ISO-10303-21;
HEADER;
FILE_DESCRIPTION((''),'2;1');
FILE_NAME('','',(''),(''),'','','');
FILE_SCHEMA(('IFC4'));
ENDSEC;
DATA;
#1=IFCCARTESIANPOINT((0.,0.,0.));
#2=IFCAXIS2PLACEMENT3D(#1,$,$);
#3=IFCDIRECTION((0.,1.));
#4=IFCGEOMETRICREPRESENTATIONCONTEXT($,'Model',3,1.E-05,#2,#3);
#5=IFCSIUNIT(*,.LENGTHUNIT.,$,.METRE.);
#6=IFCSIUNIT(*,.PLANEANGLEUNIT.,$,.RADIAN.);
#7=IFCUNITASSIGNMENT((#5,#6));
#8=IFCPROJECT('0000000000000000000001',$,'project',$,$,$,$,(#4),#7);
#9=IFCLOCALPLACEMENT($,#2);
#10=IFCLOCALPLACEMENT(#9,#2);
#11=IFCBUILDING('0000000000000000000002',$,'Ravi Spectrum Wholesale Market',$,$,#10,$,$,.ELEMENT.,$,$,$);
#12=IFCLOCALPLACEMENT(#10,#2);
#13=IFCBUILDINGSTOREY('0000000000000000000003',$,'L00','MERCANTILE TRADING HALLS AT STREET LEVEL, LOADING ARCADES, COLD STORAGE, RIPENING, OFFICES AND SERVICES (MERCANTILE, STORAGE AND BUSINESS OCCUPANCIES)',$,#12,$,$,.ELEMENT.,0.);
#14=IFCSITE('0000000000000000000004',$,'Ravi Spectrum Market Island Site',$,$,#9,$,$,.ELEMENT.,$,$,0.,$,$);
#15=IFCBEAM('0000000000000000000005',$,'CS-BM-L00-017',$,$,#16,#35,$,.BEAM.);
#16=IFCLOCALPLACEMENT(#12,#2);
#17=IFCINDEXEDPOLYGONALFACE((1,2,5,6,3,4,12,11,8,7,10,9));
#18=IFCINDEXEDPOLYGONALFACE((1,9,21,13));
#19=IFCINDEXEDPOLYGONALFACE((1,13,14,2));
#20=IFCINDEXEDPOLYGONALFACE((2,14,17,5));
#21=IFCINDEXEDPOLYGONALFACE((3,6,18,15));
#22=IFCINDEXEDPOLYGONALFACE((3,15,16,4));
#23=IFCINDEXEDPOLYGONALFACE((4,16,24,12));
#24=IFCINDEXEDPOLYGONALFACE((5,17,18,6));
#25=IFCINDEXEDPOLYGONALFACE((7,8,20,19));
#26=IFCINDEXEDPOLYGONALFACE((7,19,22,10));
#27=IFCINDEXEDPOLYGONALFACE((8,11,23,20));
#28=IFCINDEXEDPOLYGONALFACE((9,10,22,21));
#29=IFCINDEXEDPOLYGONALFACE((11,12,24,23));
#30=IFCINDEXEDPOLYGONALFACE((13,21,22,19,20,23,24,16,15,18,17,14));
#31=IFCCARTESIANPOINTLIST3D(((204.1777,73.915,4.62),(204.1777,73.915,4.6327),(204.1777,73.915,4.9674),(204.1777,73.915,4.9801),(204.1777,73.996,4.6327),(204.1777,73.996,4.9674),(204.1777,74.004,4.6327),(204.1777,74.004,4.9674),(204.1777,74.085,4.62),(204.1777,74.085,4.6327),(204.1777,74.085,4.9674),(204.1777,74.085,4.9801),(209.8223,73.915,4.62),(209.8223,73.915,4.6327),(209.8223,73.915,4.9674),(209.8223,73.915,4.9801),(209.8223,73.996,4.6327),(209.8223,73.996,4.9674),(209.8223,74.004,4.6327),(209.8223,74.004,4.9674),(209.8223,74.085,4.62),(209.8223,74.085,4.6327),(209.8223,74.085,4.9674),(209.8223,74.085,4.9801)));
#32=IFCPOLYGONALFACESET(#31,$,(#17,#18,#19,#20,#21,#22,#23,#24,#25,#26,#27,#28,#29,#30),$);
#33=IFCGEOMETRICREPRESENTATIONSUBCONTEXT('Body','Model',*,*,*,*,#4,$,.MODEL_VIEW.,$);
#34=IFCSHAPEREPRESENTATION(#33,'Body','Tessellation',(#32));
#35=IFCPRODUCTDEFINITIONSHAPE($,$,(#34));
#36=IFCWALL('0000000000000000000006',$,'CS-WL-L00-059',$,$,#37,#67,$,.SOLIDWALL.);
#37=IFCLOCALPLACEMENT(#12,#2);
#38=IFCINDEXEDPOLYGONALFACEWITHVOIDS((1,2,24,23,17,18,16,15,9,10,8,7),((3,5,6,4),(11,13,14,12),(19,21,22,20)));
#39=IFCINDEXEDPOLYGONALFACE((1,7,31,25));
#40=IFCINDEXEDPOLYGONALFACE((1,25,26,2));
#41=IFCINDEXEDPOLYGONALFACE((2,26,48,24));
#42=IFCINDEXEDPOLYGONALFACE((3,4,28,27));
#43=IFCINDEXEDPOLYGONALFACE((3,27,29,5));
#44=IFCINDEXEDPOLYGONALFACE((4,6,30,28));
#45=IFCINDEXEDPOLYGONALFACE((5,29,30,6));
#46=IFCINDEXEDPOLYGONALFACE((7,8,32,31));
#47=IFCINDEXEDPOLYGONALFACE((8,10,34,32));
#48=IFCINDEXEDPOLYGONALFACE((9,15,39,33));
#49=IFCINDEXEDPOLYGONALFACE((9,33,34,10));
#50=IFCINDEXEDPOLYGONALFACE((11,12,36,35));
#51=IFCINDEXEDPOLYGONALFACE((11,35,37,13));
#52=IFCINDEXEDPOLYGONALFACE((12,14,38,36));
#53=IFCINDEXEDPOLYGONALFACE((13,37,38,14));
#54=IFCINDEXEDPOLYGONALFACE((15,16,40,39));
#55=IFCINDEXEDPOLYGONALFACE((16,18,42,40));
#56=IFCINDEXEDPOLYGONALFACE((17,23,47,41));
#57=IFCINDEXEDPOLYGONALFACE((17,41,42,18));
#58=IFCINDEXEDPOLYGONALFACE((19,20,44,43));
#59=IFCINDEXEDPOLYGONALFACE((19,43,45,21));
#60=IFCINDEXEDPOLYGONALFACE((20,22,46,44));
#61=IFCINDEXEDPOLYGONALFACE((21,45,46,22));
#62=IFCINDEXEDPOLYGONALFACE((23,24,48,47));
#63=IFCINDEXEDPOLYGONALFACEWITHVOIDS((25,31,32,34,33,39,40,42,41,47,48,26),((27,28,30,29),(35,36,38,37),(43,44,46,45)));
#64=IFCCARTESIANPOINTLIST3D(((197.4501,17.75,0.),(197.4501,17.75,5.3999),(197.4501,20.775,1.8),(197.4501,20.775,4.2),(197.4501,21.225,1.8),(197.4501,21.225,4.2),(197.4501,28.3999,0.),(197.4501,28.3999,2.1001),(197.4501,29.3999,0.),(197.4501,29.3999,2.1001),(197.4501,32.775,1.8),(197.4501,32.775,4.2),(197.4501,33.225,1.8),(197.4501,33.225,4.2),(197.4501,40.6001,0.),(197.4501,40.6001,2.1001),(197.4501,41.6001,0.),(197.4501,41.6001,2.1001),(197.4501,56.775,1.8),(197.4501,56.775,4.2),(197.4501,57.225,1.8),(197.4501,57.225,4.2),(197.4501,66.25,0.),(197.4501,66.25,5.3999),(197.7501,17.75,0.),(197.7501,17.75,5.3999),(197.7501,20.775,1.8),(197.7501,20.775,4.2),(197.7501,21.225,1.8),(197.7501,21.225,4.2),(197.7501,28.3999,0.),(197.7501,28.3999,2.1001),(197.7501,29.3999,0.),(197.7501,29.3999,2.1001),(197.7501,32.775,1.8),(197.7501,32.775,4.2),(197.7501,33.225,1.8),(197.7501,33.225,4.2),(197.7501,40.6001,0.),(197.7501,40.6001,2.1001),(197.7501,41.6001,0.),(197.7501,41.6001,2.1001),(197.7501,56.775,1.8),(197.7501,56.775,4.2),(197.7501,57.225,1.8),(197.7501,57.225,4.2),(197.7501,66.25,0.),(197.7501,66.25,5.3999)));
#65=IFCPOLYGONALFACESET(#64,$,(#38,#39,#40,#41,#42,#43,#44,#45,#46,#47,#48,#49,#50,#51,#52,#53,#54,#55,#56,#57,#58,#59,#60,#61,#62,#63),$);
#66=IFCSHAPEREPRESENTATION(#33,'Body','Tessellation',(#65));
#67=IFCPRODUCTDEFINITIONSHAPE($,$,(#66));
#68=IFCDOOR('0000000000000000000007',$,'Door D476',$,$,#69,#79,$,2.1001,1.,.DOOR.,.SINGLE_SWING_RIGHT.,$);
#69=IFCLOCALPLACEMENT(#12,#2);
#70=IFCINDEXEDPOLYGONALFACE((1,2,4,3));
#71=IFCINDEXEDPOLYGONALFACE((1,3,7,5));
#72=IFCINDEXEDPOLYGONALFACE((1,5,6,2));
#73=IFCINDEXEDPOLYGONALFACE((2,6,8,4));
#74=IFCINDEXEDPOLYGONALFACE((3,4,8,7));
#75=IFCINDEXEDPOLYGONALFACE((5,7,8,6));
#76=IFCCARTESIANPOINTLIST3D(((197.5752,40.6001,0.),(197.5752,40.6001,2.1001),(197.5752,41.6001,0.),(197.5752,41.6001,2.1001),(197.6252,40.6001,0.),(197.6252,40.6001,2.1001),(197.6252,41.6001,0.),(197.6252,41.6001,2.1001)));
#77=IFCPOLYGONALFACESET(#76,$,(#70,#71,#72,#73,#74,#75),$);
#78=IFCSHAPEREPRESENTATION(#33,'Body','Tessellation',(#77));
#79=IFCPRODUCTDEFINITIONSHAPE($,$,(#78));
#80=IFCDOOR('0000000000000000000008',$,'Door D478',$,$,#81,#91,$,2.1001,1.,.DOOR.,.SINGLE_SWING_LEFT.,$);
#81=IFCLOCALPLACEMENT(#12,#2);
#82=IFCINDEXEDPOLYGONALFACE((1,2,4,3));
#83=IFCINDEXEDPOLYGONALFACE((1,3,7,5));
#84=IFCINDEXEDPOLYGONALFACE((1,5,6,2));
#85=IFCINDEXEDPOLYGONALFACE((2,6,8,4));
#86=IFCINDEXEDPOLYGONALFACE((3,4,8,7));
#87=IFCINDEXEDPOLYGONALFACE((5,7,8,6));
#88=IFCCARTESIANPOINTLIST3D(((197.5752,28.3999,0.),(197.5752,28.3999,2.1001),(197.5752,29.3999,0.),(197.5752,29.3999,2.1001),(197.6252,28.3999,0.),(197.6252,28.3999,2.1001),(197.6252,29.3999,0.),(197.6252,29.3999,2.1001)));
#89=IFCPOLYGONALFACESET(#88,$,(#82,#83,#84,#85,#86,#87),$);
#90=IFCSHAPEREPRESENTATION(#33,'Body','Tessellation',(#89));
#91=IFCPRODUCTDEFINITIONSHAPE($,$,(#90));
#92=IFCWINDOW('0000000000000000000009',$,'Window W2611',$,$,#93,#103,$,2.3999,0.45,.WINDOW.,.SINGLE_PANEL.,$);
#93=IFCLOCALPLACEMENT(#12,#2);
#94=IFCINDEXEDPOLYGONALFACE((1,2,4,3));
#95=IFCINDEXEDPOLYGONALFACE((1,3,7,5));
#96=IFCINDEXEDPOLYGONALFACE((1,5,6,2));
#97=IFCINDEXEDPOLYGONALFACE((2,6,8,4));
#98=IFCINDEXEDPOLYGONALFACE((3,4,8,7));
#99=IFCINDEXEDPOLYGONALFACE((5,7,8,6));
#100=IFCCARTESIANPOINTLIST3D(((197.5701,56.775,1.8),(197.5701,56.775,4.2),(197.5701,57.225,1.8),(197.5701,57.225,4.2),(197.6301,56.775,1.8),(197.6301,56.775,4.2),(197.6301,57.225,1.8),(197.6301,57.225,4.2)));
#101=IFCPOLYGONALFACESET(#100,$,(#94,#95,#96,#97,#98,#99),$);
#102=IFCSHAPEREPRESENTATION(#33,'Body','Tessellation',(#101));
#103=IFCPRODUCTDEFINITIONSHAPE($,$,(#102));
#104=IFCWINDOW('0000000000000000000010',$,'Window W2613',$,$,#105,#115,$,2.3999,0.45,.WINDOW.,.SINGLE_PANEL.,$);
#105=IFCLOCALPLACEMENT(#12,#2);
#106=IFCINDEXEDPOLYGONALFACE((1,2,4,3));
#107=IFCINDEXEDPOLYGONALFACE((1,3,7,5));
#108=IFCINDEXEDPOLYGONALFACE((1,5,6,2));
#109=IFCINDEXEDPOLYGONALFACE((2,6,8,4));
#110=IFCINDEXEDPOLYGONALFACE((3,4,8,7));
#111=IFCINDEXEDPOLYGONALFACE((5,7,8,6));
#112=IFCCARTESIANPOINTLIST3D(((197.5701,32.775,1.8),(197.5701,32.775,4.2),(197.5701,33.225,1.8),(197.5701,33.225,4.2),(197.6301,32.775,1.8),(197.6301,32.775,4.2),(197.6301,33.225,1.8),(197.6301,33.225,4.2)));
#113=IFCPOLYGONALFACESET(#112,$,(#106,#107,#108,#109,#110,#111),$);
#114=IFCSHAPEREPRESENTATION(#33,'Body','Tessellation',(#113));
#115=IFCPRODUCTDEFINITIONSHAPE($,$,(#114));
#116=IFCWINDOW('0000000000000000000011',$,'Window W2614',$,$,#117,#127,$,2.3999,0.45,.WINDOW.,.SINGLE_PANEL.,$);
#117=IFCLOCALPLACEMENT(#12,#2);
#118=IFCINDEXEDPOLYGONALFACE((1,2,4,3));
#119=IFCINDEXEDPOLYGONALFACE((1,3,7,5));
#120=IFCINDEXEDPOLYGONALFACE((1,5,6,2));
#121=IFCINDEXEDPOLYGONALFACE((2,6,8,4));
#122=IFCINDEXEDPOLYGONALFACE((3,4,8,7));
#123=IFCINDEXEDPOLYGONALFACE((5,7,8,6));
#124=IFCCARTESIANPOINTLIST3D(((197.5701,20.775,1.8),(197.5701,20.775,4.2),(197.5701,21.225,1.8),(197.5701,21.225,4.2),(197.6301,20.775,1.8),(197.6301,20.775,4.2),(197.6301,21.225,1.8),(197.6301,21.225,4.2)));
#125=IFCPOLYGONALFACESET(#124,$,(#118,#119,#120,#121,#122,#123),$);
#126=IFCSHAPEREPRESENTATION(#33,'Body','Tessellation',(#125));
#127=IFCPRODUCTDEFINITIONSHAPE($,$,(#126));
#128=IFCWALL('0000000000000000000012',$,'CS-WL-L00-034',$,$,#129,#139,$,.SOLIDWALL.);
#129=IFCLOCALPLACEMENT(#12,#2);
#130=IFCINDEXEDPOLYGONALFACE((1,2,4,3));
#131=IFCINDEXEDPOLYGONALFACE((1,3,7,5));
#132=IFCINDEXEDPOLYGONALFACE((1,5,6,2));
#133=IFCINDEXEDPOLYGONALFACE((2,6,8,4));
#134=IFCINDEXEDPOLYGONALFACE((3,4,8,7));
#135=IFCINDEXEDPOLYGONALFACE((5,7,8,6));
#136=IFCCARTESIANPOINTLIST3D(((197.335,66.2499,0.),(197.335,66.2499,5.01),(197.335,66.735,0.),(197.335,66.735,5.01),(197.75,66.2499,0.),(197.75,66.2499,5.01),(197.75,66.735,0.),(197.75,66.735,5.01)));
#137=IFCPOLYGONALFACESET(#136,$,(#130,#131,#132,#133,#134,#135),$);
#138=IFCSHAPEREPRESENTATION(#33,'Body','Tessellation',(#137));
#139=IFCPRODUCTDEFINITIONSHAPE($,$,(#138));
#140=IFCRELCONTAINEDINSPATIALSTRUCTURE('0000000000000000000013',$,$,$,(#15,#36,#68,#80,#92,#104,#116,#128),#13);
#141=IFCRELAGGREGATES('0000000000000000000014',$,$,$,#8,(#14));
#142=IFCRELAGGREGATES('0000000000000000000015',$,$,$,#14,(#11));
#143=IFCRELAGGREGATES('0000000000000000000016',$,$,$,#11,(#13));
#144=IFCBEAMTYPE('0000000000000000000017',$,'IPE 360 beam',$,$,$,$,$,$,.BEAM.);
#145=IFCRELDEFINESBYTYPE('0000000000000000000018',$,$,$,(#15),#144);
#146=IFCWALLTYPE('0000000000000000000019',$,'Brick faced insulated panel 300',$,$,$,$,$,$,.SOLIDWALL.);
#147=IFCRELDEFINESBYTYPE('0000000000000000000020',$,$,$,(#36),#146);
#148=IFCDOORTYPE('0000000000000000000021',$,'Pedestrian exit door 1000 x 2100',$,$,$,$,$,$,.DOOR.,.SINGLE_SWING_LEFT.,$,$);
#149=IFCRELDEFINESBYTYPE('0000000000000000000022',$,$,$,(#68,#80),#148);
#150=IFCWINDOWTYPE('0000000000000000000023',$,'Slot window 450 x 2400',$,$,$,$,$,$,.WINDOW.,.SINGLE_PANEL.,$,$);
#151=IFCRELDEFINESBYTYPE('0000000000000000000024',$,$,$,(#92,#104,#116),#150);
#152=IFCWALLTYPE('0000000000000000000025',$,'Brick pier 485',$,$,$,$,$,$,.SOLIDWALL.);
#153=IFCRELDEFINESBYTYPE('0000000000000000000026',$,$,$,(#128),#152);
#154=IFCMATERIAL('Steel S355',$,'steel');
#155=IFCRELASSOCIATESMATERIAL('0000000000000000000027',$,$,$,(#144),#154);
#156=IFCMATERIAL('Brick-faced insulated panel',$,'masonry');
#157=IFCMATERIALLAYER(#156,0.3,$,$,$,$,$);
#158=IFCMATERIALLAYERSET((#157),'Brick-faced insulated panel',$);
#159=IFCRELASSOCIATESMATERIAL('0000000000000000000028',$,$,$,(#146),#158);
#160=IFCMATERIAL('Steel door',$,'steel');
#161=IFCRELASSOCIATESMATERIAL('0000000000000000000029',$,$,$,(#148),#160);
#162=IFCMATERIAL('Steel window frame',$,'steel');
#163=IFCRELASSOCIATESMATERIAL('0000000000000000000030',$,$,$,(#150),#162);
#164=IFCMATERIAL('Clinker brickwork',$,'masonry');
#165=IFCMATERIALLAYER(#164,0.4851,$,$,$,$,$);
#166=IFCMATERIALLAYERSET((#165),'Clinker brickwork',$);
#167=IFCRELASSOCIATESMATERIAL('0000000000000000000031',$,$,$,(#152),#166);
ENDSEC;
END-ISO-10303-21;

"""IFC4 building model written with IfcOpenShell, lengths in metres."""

from ifc_helpers import new_model, si_unit, direction, frame, frame_2d, origin, origin_2d, place, context, subcontext, project, spatial, rectangle, i_section, extrude, material, layer, layer_set, material_profile, profile_set, type_object, element, fill, save


model = new_model("IFC4")

# Units and contexts
model_context = context("Model", 3, precision=1e-05, world=origin(), true_north=direction((0.0, 1.0)))
body_context = subcontext(model_context, "Body", "Model", "MODEL_VIEW")
ifc_project = project(units=[si_unit("LENGTHUNIT", "METRE"), si_unit("PLANEANGLEUNIT", "RADIAN")], contexts=[model_context])

# Site, building, storey
site_placement = place(None, origin())
site = spatial("IfcSite", under=ifc_project, at=site_placement, Name="Ravi Spectrum Market Island Site", CompositionType="ELEMENT", RefElevation=0.0)
building_placement = place(site_placement, origin())
building = spatial("IfcBuilding", under=site, at=building_placement, Name="Ravi Spectrum Wholesale Market", CompositionType="ELEMENT")
storey_placement = place(building_placement, origin())
storey = spatial("IfcBuildingStorey", under=building, at=storey_placement, Name="L00", Description="MERCANTILE TRADING HALLS AT STREET LEVEL, LOADING ARCADES, COLD STORAGE, RIPENING, OFFICES AND SERVICES (MERCANTILE, STORAGE AND BUSINESS OCCUPANCIES)", CompositionType="ELEMENT", Elevation=0.0)

# Beam
ifc_material_1 = material(Name="Steel S355", Category="steel")
ifc_material_profile_1 = material_profile(ifc_material_1, i_section(OverallWidth=0.1699, OverallDepth=0.3601, WebThickness=0.0081, FlangeThickness=0.0127, at=origin_2d()))
ifc_profile_set_1 = profile_set([ifc_material_profile_1], Name="Steel S355")
beam_type = type_object("IfcBeamType", Name="IPE 360 beam", PredefinedType="BEAM", material=ifc_profile_set_1)
for number, where, z_axis, x_axis, name in (
    (1, (204.1777, 74.0, 4.8), (1.0, 0.0, 0.0), (0.0, 1.0, 0.0), "CS-BM-L00-017"),
):
    element("IfcBeam", number, at=place(storey_placement, frame(where, z_axis=z_axis, x_axis=x_axis)), inside=storey, type_object=beam_type, Name=name, PredefinedType="BEAM", context=body_context, shape_type="SweptSolid", body=[
        extrude(i_section(OverallWidth=0.1699, OverallDepth=0.3601, WebThickness=0.0081, FlangeThickness=0.0127, at=origin_2d()), origin(), (0.0, 0.0, 1.0), 5.6445),
    ])

# Wall, openings, doors, windows
ifc_material_2 = material(Name="Brick-faced insulated panel", Category="masonry")
ifc_layer_1 = layer(ifc_material_2, 0.3)
ifc_layer_set_1 = layer_set([ifc_layer_1], Name="Brick-faced insulated panel")
wall_type_1 = type_object("IfcWallType", Name="Brick faced insulated panel 300", PredefinedType="SOLIDWALL", material=ifc_layer_set_1)
wall_1_placement = place(storey_placement, frame((197.6001, 66.25, 0.0), z_axis=(0.0, 0.0, 1.0), x_axis=(0.0, -1.0, 0.0)))
wall_1 = element("IfcWall", 2, at=wall_1_placement, inside=storey, type_object=wall_type_1, Name="CS-WL-L00-059", PredefinedType="SOLIDWALL", context=body_context, shape_type="SweptSolid", body=[
    extrude(rectangle(XDim=48.5, YDim=0.3, at=frame_2d((24.25, 0.0))), origin(), (0.0, 0.0, 1.0), 5.3999),
])
opening_1_placement = place(wall_1_placement, frame((25.6499, 0.0, 0.0), z_axis=(0.0, 0.0, 1.0), x_axis=(-1.0, 0.0, 0.0)))
opening_1 = element("IfcOpeningElement", 3, at=opening_1_placement, cuts=wall_1, PredefinedType="OPENING", context=body_context, shape_type="SweptSolid", body=[
    extrude(rectangle(XDim=1.0, YDim=2.1001, at=frame_2d((0.5, 1.05))), frame((0.0, 0.1599, 0.0), z_axis=(0.0, -1.0, 0.0), x_axis=(1.0, 0.0, 0.0)), (0.0, 0.0, 1.0), 0.3201),
])
opening_2_placement = place(wall_1_placement, frame((37.8501, 0.0, 0.0), z_axis=(0.0, 0.0, 1.0), x_axis=(-1.0, 0.0, 0.0)))
opening_2 = element("IfcOpeningElement", 4, at=opening_2_placement, cuts=wall_1, PredefinedType="OPENING", context=body_context, shape_type="SweptSolid", body=[
    extrude(rectangle(XDim=1.0, YDim=2.1001, at=frame_2d((0.5, 1.05))), frame((0.0, 0.1599, 0.0), z_axis=(0.0, -1.0, 0.0), x_axis=(1.0, 0.0, 0.0)), (0.0, 0.0, 1.0), 0.3201),
])
opening_3_placement = place(wall_1_placement, frame((9.0249, 0.0, 1.8)))
opening_3 = element("IfcOpeningElement", 5, at=opening_3_placement, cuts=wall_1, PredefinedType="OPENING", context=body_context, shape_type="SweptSolid", body=[
    extrude(rectangle(XDim=0.45, YDim=2.3999, at=frame_2d((0.2251, 1.2))), frame((0.0, 0.1599, 0.0), z_axis=(0.0, -1.0, 0.0), x_axis=(1.0, 0.0, 0.0)), (0.0, 0.0, 1.0), 0.3201),
])
opening_4_placement = place(wall_1_placement, frame((33.0249, 0.0, 1.8)))
opening_4 = element("IfcOpeningElement", 6, at=opening_4_placement, cuts=wall_1, PredefinedType="OPENING", context=body_context, shape_type="SweptSolid", body=[
    extrude(rectangle(XDim=0.45, YDim=2.3999, at=frame_2d((0.2251, 1.2))), frame((0.0, 0.1599, 0.0), z_axis=(0.0, -1.0, 0.0), x_axis=(1.0, 0.0, 0.0)), (0.0, 0.0, 1.0), 0.3201),
])
opening_5_placement = place(wall_1_placement, frame((45.0249, 0.0, 1.8)))
opening_5 = element("IfcOpeningElement", 7, at=opening_5_placement, cuts=wall_1, PredefinedType="OPENING", context=body_context, shape_type="SweptSolid", body=[
    extrude(rectangle(XDim=0.45, YDim=2.3999, at=frame_2d((0.2251, 1.2))), frame((0.0, 0.1599, 0.0), z_axis=(0.0, -1.0, 0.0), x_axis=(1.0, 0.0, 0.0)), (0.0, 0.0, 1.0), 0.3201),
])
ifc_material_3 = material(Name="Steel door", Category="steel")
door_type = type_object("IfcDoorType", Name="Pedestrian exit door 1000 x 2100", OperationType="SINGLE_SWING_LEFT", PredefinedType="DOOR", material=ifc_material_3)
door_1_placement = place(opening_1_placement, origin())
door_1 = element("IfcDoor", 8, at=door_1_placement, inside=storey, type_object=door_type, Name="Door D476", OperationType="SINGLE_SWING_RIGHT", OverallHeight=2.1001, OverallWidth=1.0, PredefinedType="DOOR", context=body_context, shape_type="SweptSolid", body=[
    extrude(rectangle(XDim=1.0, YDim=2.1001, at=frame_2d((0.5, 1.05))), frame((0.0, 0.0249, 0.0), z_axis=(0.0, -1.0, 0.0), x_axis=(1.0, 0.0, 0.0)), (0.0, 0.0, 1.0), 0.05),
])
fill(opening_1, door_1)
door_2_placement = place(opening_2_placement, origin())
door_2 = element("IfcDoor", 9, at=door_2_placement, inside=storey, type_object=door_type, Name="Door D478", OperationType="SINGLE_SWING_LEFT", OverallHeight=2.1001, OverallWidth=1.0, PredefinedType="DOOR", context=body_context, shape_type="SweptSolid", body=[
    extrude(rectangle(XDim=1.0, YDim=2.1001, at=frame_2d((0.5, 1.05))), frame((0.0, 0.0249, 0.0), z_axis=(0.0, -1.0, 0.0), x_axis=(1.0, 0.0, 0.0)), (0.0, 0.0, 1.0), 0.05),
])
fill(opening_2, door_2)
ifc_material_4 = material(Name="Steel window frame", Category="steel")
window_type = type_object("IfcWindowType", Name="Slot window 450 x 2400", PartitioningType="SINGLE_PANEL", PredefinedType="WINDOW", material=ifc_material_4)
window_1_placement = place(opening_3_placement, origin())
window_1 = element("IfcWindow", 10, at=window_1_placement, inside=storey, type_object=window_type, Name="Window W2611", OverallHeight=2.3999, OverallWidth=0.45, PartitioningType="SINGLE_PANEL", PredefinedType="WINDOW", context=body_context, shape_type="SweptSolid", body=[
    extrude(rectangle(XDim=0.45, YDim=2.3999, at=frame_2d((0.2251, 1.2))), frame((0.0, 0.03, 0.0), z_axis=(0.0, -1.0, 0.0), x_axis=(1.0, 0.0, 0.0)), (0.0, 0.0, 1.0), 0.0601),
])
fill(opening_3, window_1)
window_2_placement = place(opening_4_placement, origin())
window_2 = element("IfcWindow", 11, at=window_2_placement, inside=storey, type_object=window_type, Name="Window W2613", OverallHeight=2.3999, OverallWidth=0.45, PartitioningType="SINGLE_PANEL", PredefinedType="WINDOW", context=body_context, shape_type="SweptSolid", body=[
    extrude(rectangle(XDim=0.45, YDim=2.3999, at=frame_2d((0.2251, 1.2))), frame((0.0, 0.03, 0.0), z_axis=(0.0, -1.0, 0.0), x_axis=(1.0, 0.0, 0.0)), (0.0, 0.0, 1.0), 0.0601),
])
fill(opening_4, window_2)
window_3_placement = place(opening_5_placement, origin())
window_3 = element("IfcWindow", 12, at=window_3_placement, inside=storey, type_object=window_type, Name="Window W2614", OverallHeight=2.3999, OverallWidth=0.45, PartitioningType="SINGLE_PANEL", PredefinedType="WINDOW", context=body_context, shape_type="SweptSolid", body=[
    extrude(rectangle(XDim=0.45, YDim=2.3999, at=frame_2d((0.2251, 1.2))), frame((0.0, 0.03, 0.0), z_axis=(0.0, -1.0, 0.0), x_axis=(1.0, 0.0, 0.0)), (0.0, 0.0, 1.0), 0.0601),
])
fill(opening_5, window_3)

# Wall
ifc_material_5 = material(Name="Clinker brickwork", Category="masonry")
ifc_layer_2 = layer(ifc_material_5, 0.4851)
ifc_layer_set_2 = layer_set([ifc_layer_2], Name="Clinker brickwork")
wall_type_2 = type_object("IfcWallType", Name="Brick pier 485", PredefinedType="SOLIDWALL", material=ifc_layer_set_2)
wall_2_placement = place(storey_placement, frame((197.75, 66.4924, 0.0), z_axis=(0.0, 0.0, 1.0), x_axis=(-1.0, 0.0, 0.0)))
element("IfcWall", 13, at=wall_2_placement, inside=storey, type_object=wall_type_2, Name="CS-WL-L00-034", PredefinedType="SOLIDWALL", context=body_context, shape_type="SweptSolid", body=[
    extrude(rectangle(XDim=0.415, YDim=0.4851, at=frame_2d((0.2075, 0.0))), origin(), (0.0, 0.0, 1.0), 5.01),
])

save(model, "model.ifc")
